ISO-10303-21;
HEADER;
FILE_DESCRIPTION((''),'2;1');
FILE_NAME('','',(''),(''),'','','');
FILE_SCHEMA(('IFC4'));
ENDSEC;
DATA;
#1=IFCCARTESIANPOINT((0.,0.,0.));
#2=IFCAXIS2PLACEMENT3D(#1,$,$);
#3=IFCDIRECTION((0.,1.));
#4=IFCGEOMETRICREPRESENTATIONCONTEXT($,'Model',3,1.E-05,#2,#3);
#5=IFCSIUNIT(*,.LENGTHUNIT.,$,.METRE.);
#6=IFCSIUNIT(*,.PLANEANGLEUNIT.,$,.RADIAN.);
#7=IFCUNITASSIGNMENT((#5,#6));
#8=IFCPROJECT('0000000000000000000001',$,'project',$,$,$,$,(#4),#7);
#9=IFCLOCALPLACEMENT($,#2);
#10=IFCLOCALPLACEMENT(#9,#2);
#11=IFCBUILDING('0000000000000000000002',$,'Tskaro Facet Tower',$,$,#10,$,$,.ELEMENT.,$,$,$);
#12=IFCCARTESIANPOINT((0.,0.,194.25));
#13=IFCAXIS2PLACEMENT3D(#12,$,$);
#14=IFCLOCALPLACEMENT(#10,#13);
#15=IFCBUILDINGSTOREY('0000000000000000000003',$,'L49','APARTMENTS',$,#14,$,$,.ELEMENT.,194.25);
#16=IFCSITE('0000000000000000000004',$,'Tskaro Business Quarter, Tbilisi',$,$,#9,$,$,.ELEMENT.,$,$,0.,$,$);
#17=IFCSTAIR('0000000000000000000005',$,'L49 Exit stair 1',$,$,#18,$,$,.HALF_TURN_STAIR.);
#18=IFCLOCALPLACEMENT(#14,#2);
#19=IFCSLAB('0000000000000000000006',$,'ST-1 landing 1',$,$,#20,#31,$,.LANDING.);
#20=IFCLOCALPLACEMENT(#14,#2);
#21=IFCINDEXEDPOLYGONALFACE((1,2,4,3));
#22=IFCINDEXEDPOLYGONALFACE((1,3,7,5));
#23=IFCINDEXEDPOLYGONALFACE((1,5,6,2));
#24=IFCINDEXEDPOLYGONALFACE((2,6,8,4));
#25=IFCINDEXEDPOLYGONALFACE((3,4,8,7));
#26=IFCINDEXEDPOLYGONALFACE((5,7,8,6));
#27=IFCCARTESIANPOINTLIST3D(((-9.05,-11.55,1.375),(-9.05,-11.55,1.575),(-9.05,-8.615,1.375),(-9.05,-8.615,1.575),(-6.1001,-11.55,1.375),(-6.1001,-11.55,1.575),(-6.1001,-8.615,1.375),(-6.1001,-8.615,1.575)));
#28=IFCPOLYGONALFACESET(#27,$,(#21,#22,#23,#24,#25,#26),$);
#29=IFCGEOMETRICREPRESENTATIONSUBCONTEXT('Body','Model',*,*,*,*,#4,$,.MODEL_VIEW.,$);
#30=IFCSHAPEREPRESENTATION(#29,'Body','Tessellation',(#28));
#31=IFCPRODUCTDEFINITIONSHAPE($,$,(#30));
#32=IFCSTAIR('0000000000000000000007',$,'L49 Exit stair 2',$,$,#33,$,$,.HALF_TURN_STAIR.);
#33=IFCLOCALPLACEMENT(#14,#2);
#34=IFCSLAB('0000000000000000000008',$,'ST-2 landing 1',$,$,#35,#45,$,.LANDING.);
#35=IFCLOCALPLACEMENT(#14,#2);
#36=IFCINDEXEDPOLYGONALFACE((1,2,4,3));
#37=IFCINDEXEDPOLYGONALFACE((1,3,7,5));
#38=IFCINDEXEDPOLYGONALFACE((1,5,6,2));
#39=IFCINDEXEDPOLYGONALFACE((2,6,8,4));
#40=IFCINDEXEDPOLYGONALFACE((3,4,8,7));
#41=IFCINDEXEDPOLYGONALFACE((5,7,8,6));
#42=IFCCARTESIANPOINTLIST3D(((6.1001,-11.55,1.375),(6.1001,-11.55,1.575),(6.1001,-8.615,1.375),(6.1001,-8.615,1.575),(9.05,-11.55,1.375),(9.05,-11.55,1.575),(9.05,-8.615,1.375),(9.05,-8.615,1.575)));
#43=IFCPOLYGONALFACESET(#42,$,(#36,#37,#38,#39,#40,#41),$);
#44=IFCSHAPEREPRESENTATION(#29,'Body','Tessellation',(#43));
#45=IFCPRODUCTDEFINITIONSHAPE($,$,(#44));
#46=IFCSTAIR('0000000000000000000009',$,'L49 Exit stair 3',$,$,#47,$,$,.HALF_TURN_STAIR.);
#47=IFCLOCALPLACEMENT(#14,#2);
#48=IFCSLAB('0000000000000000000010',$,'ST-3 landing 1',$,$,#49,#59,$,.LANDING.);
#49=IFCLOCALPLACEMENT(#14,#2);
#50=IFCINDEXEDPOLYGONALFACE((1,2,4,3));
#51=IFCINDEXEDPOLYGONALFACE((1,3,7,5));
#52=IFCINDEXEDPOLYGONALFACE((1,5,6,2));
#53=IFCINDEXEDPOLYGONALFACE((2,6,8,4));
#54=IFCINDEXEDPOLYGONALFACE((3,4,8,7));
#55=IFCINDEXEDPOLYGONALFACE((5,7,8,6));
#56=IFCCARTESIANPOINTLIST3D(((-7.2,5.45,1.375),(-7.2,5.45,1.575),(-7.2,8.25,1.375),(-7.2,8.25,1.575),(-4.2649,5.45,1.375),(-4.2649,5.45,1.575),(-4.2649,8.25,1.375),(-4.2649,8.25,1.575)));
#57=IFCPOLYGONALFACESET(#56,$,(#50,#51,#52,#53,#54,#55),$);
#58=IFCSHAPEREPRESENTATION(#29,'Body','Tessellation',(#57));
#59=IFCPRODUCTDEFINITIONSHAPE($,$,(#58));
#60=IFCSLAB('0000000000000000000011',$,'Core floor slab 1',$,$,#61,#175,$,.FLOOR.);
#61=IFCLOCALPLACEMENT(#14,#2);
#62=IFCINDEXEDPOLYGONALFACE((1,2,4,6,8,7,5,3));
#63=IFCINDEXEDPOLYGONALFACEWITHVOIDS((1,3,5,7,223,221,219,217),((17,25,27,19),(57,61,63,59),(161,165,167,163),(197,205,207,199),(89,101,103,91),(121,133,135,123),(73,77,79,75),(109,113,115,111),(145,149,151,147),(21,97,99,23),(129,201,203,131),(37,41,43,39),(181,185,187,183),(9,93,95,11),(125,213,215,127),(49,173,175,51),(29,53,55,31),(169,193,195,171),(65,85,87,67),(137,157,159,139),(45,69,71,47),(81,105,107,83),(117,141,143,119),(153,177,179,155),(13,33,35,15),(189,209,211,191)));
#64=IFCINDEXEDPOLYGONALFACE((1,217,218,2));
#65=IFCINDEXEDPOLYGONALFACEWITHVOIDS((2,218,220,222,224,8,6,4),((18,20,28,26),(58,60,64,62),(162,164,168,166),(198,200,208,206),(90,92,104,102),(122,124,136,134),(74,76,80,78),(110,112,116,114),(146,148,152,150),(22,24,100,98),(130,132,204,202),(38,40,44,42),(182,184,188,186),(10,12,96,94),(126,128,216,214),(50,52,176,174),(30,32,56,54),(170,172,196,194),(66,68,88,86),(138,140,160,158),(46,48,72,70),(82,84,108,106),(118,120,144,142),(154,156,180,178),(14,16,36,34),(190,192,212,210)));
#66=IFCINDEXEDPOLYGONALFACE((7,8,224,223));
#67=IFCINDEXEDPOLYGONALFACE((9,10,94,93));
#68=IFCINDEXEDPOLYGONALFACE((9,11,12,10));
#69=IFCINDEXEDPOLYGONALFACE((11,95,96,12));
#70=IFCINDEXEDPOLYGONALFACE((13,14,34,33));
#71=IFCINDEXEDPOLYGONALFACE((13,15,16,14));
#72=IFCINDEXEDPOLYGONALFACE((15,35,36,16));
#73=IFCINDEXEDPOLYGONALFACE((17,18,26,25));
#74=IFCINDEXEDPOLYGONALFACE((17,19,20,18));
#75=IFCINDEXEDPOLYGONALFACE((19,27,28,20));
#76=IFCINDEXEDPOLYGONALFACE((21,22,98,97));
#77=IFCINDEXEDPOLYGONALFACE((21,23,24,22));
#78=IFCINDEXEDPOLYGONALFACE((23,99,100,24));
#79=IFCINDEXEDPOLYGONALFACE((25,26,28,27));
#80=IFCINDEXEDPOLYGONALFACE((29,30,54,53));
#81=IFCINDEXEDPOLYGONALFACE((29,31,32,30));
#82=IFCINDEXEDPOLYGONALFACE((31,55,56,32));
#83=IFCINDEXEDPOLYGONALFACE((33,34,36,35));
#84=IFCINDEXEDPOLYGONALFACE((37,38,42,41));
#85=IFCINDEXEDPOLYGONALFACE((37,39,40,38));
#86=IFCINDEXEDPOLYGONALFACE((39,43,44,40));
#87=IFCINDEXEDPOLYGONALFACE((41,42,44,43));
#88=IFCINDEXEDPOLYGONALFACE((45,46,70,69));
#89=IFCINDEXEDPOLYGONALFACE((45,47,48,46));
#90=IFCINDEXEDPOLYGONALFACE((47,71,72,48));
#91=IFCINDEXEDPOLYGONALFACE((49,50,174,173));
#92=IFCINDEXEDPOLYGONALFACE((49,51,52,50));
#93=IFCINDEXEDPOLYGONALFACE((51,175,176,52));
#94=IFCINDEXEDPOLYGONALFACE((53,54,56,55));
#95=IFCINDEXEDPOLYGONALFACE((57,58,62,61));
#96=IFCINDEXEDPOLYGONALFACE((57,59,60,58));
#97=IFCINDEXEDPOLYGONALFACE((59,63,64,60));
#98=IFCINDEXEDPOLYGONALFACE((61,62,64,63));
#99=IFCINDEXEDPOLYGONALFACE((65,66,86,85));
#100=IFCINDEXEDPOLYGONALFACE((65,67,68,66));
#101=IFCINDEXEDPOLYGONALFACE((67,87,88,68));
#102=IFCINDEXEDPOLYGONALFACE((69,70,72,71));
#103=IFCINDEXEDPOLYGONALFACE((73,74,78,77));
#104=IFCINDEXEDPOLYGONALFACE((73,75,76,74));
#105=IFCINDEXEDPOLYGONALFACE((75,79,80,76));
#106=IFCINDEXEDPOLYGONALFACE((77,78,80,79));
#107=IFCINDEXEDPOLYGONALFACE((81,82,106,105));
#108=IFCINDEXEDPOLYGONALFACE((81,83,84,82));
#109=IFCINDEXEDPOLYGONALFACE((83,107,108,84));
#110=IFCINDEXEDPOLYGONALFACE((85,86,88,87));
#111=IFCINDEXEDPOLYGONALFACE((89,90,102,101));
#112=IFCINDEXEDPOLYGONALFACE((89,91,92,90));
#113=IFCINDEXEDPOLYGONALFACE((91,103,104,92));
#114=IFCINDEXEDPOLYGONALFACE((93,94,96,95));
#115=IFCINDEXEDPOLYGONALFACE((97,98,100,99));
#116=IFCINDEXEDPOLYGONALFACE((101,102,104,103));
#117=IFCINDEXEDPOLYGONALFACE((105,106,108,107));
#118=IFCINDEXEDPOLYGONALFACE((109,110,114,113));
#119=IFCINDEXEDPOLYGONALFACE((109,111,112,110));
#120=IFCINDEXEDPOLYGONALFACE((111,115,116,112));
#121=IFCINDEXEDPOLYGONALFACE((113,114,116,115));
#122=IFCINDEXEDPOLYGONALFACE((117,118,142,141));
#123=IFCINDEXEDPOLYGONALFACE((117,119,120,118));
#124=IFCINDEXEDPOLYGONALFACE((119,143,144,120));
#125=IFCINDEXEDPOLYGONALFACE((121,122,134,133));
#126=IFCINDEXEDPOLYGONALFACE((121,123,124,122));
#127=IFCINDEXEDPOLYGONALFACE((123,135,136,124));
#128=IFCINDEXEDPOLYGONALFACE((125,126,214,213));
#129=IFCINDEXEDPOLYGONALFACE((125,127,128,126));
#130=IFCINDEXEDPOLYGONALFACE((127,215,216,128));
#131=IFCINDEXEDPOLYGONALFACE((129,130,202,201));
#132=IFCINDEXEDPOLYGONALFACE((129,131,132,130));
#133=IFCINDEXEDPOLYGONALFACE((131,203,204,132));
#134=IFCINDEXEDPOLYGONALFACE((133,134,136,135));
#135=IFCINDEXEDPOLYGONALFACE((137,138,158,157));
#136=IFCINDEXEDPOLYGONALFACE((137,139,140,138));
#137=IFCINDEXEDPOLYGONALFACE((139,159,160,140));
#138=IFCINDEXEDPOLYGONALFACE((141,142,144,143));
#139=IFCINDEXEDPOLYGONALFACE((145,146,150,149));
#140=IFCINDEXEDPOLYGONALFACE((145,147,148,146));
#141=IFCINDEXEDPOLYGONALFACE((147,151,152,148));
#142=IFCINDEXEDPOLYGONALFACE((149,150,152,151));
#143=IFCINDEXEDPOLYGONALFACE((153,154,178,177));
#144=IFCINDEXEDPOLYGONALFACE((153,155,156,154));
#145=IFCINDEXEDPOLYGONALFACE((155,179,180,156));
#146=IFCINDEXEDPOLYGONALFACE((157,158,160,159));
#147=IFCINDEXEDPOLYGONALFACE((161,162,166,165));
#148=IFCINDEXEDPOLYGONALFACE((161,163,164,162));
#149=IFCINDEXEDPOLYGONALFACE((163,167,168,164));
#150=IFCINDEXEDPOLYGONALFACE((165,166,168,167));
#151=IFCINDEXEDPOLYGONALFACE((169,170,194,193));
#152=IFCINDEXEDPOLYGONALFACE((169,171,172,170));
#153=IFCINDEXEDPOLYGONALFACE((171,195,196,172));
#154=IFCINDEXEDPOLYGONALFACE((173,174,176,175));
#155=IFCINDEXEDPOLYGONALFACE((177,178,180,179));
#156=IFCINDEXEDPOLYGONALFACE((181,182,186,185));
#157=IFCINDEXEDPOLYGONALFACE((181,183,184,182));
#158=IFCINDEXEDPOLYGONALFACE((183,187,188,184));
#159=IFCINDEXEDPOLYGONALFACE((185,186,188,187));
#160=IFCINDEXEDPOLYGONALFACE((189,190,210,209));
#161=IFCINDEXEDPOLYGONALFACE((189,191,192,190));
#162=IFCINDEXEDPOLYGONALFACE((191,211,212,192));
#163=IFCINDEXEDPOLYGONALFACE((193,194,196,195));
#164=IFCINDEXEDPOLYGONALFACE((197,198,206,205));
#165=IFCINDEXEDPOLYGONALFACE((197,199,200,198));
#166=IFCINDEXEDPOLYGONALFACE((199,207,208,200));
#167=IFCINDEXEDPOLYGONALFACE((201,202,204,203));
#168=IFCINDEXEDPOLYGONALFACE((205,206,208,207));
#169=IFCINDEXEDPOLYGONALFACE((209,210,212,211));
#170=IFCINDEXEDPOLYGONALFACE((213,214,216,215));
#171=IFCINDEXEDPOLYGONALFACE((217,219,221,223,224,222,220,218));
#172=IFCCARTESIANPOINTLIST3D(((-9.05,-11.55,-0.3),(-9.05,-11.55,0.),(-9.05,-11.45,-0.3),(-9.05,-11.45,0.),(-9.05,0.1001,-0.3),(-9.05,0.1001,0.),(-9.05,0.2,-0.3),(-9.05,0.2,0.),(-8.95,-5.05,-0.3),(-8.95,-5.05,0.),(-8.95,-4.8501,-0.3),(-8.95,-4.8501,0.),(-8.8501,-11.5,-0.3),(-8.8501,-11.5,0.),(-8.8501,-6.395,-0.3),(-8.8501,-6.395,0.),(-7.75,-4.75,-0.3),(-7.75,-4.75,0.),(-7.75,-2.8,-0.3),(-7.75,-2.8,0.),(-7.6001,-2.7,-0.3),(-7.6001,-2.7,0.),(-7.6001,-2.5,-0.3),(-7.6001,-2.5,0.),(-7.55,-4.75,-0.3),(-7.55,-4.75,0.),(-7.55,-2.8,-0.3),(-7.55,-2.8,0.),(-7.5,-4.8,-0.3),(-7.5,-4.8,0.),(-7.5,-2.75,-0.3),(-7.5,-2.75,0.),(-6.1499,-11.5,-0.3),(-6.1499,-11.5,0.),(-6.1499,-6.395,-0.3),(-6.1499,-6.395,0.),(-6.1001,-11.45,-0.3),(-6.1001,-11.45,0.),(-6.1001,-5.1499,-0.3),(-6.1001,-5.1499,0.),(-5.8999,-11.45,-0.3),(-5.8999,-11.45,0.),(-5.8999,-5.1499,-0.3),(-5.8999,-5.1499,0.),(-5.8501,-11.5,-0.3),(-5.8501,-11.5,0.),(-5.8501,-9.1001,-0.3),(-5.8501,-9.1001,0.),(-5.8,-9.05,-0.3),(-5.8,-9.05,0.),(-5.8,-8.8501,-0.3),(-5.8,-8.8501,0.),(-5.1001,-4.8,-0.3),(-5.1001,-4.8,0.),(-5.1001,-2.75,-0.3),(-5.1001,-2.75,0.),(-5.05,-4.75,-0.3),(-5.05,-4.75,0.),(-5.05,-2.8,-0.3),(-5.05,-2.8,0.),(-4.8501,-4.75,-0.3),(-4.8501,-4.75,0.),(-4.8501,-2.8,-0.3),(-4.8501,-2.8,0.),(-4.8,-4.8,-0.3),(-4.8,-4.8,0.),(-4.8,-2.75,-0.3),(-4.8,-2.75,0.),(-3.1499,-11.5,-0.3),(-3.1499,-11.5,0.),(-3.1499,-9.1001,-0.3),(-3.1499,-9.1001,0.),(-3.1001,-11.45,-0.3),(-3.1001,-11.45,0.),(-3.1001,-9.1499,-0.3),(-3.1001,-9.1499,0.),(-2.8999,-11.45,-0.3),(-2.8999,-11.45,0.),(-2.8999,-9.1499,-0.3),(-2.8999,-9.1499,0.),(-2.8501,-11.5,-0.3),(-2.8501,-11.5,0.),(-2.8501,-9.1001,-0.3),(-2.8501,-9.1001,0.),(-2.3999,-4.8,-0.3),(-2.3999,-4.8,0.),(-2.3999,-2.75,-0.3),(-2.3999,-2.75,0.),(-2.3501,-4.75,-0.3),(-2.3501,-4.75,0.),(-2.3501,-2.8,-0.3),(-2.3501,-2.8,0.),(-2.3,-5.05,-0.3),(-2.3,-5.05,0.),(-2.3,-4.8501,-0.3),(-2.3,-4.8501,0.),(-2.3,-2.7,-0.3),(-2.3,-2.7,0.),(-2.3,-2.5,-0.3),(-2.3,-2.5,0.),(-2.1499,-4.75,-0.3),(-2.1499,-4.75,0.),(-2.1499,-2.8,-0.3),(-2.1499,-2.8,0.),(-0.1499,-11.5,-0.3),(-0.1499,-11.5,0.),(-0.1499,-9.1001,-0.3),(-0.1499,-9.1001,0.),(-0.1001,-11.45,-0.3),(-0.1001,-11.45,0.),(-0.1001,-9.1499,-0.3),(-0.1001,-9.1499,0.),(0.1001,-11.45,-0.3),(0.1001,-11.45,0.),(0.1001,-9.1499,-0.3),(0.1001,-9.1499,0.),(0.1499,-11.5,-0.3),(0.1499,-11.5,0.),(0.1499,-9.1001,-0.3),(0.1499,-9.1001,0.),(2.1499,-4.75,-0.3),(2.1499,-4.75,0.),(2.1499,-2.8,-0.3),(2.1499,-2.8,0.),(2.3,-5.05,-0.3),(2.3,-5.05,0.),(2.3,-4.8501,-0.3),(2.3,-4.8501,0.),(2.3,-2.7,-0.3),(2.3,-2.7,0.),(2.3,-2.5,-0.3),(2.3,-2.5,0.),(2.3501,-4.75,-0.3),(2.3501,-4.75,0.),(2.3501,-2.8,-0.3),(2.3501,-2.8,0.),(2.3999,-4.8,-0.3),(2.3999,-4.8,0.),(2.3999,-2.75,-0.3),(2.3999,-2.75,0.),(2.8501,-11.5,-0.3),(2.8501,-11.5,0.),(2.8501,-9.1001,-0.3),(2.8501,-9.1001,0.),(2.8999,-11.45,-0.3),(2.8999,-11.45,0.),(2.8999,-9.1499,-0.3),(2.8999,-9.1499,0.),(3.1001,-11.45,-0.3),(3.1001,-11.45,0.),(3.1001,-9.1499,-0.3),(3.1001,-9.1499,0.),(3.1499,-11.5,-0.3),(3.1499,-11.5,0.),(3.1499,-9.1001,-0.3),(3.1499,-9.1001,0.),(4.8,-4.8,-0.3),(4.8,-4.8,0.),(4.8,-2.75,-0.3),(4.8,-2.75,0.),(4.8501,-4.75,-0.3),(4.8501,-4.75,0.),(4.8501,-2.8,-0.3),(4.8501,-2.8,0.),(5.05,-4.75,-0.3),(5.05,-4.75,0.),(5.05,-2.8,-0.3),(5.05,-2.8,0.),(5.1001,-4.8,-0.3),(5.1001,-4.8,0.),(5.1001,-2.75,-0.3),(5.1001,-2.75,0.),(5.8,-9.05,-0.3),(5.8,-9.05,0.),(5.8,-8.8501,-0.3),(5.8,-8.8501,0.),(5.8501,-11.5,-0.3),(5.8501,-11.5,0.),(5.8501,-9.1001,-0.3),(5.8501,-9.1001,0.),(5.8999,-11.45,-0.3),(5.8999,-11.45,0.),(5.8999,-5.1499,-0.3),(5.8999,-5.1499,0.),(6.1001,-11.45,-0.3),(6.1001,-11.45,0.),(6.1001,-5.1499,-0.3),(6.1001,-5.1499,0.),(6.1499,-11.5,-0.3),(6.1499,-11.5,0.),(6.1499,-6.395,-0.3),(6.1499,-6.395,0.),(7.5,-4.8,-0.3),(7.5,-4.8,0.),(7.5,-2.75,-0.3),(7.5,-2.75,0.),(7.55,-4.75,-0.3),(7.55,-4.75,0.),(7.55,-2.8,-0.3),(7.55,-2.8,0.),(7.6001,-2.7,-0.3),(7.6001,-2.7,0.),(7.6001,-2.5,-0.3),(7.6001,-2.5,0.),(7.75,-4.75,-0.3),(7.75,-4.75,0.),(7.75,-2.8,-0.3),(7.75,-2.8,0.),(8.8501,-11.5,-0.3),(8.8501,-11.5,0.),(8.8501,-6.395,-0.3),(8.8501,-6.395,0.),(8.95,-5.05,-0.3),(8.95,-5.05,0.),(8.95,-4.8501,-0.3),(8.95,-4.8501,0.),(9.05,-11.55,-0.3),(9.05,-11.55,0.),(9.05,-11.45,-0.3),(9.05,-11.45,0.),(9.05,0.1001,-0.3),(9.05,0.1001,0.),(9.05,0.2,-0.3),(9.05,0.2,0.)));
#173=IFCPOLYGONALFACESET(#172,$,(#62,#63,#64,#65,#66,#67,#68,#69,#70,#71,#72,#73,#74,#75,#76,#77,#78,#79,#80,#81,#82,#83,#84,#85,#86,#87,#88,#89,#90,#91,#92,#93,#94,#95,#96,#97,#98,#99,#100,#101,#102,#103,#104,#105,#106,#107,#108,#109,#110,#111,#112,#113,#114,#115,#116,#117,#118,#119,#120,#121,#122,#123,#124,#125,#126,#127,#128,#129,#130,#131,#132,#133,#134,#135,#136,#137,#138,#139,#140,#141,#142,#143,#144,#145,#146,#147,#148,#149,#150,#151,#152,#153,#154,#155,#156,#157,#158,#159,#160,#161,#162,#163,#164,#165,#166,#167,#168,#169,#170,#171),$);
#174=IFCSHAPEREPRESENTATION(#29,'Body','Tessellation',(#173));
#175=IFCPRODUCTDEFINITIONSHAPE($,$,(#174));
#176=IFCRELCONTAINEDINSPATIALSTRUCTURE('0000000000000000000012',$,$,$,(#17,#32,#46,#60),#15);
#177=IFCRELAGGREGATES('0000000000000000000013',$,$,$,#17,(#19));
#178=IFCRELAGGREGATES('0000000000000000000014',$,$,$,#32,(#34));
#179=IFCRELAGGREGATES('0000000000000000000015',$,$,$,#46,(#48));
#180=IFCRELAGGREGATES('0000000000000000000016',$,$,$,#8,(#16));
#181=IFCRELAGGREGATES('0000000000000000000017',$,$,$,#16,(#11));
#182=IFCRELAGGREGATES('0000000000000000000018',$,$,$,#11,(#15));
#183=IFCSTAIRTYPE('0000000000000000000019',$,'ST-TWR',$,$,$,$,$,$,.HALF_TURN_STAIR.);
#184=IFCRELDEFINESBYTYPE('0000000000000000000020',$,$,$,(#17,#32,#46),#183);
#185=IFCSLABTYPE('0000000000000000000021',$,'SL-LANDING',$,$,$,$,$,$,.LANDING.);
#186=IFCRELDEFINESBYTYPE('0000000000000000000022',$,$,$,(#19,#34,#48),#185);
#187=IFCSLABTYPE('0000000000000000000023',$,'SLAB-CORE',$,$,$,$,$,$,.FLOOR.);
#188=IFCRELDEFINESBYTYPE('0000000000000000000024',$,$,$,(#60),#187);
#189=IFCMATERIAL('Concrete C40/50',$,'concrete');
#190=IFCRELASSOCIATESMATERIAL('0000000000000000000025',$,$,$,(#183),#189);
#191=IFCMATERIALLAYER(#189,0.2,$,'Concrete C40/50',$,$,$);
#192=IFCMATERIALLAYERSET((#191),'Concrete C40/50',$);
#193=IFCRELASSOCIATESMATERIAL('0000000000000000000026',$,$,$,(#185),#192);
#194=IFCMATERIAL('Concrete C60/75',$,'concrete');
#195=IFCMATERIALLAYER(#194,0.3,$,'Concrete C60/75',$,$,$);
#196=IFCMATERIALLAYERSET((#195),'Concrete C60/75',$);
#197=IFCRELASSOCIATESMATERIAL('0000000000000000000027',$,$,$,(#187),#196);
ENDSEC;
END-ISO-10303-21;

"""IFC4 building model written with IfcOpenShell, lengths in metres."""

from ifc_helpers import new_model, si_unit, direction, frame, origin, place, context, subcontext, project, spatial, polyline, outline, extrude, material, layer, layer_set, type_object, element, aggregate, save


model = new_model("IFC4")

# Units and contexts
model_context = context("Model", 3, precision=1e-05, world=origin(), true_north=direction((0.0, 1.0)))
body_context = subcontext(model_context, "Body", "Model", "MODEL_VIEW")
ifc_project = project(units=[si_unit("LENGTHUNIT", "METRE"), si_unit("PLANEANGLEUNIT", "RADIAN")], contexts=[model_context])

# Site, building, storey
site_placement = place(None, origin())
site = spatial("IfcSite", under=ifc_project, at=site_placement, Name="Tskaro Business Quarter, Tbilisi", CompositionType="ELEMENT", RefElevation=0.0)
building_placement = place(site_placement, origin())
building = spatial("IfcBuilding", under=site, at=building_placement, Name="Tskaro Facet Tower", CompositionType="ELEMENT")
storey_placement = place(building_placement, frame((0.0, 0.0, 194.25)))
storey = spatial("IfcBuildingStorey", under=building, at=storey_placement, Name="L49", Description="APARTMENTS", CompositionType="ELEMENT", Elevation=194.25)

# Stairs, slabs
ifc_material_1 = material(Name="Concrete C40/50", Category="concrete")
stair_type = type_object("IfcStairType", Name="ST-TWR", PredefinedType="HALF_TURN_STAIR", material=ifc_material_1)
stair_1_placement = place(storey_placement, origin())
stair_1 = element("IfcStair", 1, at=stair_1_placement, inside=storey, type_object=stair_type, Name="L49 Exit stair 1", PredefinedType="HALF_TURN_STAIR")
ifc_layer_1 = layer(ifc_material_1, 0.2, Name="Concrete C40/50")
ifc_layer_set_1 = layer_set([ifc_layer_1], Name="Concrete C40/50")
slab_type_1 = type_object("IfcSlabType", Name="SL-LANDING", PredefinedType="LANDING", material=ifc_layer_set_1)
slab_1_placement = place(storey_placement, frame((0.0, 0.0, 1.375)))
slab_1 = element("IfcSlab", 2, at=slab_1_placement, type_object=slab_type_1, Name="ST-1 landing 1", PredefinedType="LANDING", context=body_context, shape_type="SweptSolid", body=[
    extrude(outline(polyline([(-9.05, -11.55), (-6.1001, -11.55), (-6.1001, -8.615), (-9.05, -8.615), (-9.05, -11.55)])), origin(), (0.0, 0.0, 1.0), 0.2),
])
aggregate(stair_1, [slab_1])
stair_2_placement = place(storey_placement, origin())
stair_2 = element("IfcStair", 3, at=stair_2_placement, inside=storey, type_object=stair_type, Name="L49 Exit stair 2", PredefinedType="HALF_TURN_STAIR")
slab_2_placement = place(storey_placement, frame((0.0, 0.0, 1.375)))
slab_2 = element("IfcSlab", 4, at=slab_2_placement, type_object=slab_type_1, Name="ST-2 landing 1", PredefinedType="LANDING", context=body_context, shape_type="SweptSolid", body=[
    extrude(outline(polyline([(6.1001, -11.55), (9.05, -11.55), (9.05, -8.615), (6.1001, -8.615), (6.1001, -11.55)])), origin(), (0.0, 0.0, 1.0), 0.2),
])
aggregate(stair_2, [slab_2])
stair_3_placement = place(storey_placement, origin())
stair_3 = element("IfcStair", 5, at=stair_3_placement, inside=storey, type_object=stair_type, Name="L49 Exit stair 3", PredefinedType="HALF_TURN_STAIR")
slab_3_placement = place(storey_placement, frame((0.0, 0.0, 1.375)))
slab_3 = element("IfcSlab", 6, at=slab_3_placement, type_object=slab_type_1, Name="ST-3 landing 1", PredefinedType="LANDING", context=body_context, shape_type="SweptSolid", body=[
    extrude(outline(polyline([(-7.2, 5.45), (-4.2649, 5.45), (-4.2649, 8.25), (-7.2, 8.25), (-7.2, 5.45)])), origin(), (0.0, 0.0, 1.0), 0.2),
])

# Slab
ifc_material_2 = material(Name="Concrete C60/75", Category="concrete")
ifc_layer_2 = layer(ifc_material_2, 0.3, Name="Concrete C60/75")
ifc_layer_set_2 = layer_set([ifc_layer_2], Name="Concrete C60/75")
slab_type_2 = type_object("IfcSlabType", Name="SLAB-CORE", PredefinedType="FLOOR", material=ifc_layer_set_2)
slab_4_placement = place(storey_placement, frame((0.0, 0.0, -0.3)))
element("IfcSlab", 7, at=slab_4_placement, inside=storey, type_object=slab_type_2, Name="Core floor slab 1", PredefinedType="FLOOR", context=body_context, shape_type="SweptSolid", body=[
    extrude(outline(polyline([(-9.05, 0.2), (9.05, 0.2), (9.05, 0.1001), (9.05, -11.45), (9.05, -11.55), (-9.05, -11.55), (-9.05, -11.45), (-9.05, 0.1001), (-9.05, 0.2)]), holes=[polyline([(-5.8501, -9.1001), (-5.8501, -11.5), (-3.1499, -11.5), (-3.1499, -9.1001), (-5.8501, -9.1001)]), polyline([(-3.1001, -11.45), (-2.8999, -11.45), (-2.8999, -9.1499), (-3.1001, -9.1499), (-3.1001, -11.45)]), polyline([(-2.8501, -9.1001), (-2.8501, -11.5), (-0.1499, -11.5), (-0.1499, -9.1001), (-2.8501, -9.1001)]), polyline([(-6.1001, -11.45), (-5.8999, -11.45), (-5.8999, -5.1499), (-6.1001, -5.1499), (-6.1001, -11.45)]), polyline([(-8.95, -5.05), (-2.3, -5.05), (-2.3, -4.8501), (-8.95, -4.8501), (-8.95, -5.05)]), polyline([(-7.75, -4.75), (-7.55, -4.75), (-7.55, -2.8), (-7.75, -2.8), (-7.75, -4.75)]), polyline([(-5.1001, -2.75), (-7.5, -2.75), (-7.5, -4.8), (-5.1001, -4.8), (-5.1001, -2.75)]), polyline([(-5.05, -4.75), (-4.8501, -4.75), (-4.8501, -2.8), (-5.05, -2.8), (-5.05, -4.75)]), polyline([(-2.3999, -2.75), (-4.8, -2.75), (-4.8, -4.8), (-2.3999, -4.8), (-2.3999, -2.75)]), polyline([(-2.3501, -4.75), (-2.1499, -4.75), (-2.1499, -2.8), (-2.3501, -2.8), (-2.3501, -4.75)]), polyline([(-7.6001, -2.7), (-2.3, -2.7), (-2.3, -2.5), (-7.6001, -2.5), (-7.6001, -2.7)]), polyline([(-0.1001, -11.45), (0.1001, -11.45), (0.1001, -9.1499), (-0.1001, -9.1499), (-0.1001, -11.45)]), polyline([(0.1499, -9.1001), (0.1499, -11.5), (2.8501, -11.5), (2.8501, -9.1001), (0.1499, -9.1001)]), polyline([(2.8999, -11.45), (3.1001, -11.45), (3.1001, -9.1499), (2.8999, -9.1499), (2.8999, -11.45)]), polyline([(3.1499, -9.1001), (3.1499, -11.5), (5.8501, -11.5), (5.8501, -9.1001), (3.1499, -9.1001)]), polyline([(-5.8, -9.05), (5.8, -9.05), (5.8, -8.8501), (-5.8, -8.8501), (-5.8, -9.05)]), polyline([(5.8999, -11.45), (6.1001, -11.45), (6.1001, -5.1499), (5.8999, -5.1499), (5.8999, -11.45)]), polyline([(2.3, -5.05), (8.95, -5.05), (8.95, -4.8501), (2.3, -4.8501), (2.3, -5.05)]), polyline([(2.1499, -4.75), (2.3501, -4.75), (2.3501, -2.8), (2.1499, -2.8), (2.1499, -4.75)]), polyline([(4.8, -2.75), (2.3999, -2.75), (2.3999, -4.8), (4.8, -4.8), (4.8, -2.75)]), polyline([(4.8501, -4.75), (5.05, -4.75), (5.05, -2.8), (4.8501, -2.8), (4.8501, -4.75)]), polyline([(7.5, -2.75), (5.1001, -2.75), (5.1001, -4.8), (7.5, -4.8), (7.5, -2.75)]), polyline([(7.55, -4.75), (7.75, -4.75), (7.75, -2.8), (7.55, -2.8), (7.55, -4.75)]), polyline([(2.3, -2.7), (7.6001, -2.7), (7.6001, -2.5), (2.3, -2.5), (2.3, -2.7)]), polyline([(-8.8501, -11.5), (-6.1499, -11.5), (-6.1499, -6.395), (-8.8501, -6.395), (-8.8501, -11.5)]), polyline([(6.1499, -6.395), (6.1499, -11.5), (8.8501, -11.5), (8.8501, -6.395), (6.1499, -6.395)])]), origin(), (0.0, 0.0, 1.0), 0.3),
])

aggregate(stair_3, [slab_3])

save(model, "model.ifc")
